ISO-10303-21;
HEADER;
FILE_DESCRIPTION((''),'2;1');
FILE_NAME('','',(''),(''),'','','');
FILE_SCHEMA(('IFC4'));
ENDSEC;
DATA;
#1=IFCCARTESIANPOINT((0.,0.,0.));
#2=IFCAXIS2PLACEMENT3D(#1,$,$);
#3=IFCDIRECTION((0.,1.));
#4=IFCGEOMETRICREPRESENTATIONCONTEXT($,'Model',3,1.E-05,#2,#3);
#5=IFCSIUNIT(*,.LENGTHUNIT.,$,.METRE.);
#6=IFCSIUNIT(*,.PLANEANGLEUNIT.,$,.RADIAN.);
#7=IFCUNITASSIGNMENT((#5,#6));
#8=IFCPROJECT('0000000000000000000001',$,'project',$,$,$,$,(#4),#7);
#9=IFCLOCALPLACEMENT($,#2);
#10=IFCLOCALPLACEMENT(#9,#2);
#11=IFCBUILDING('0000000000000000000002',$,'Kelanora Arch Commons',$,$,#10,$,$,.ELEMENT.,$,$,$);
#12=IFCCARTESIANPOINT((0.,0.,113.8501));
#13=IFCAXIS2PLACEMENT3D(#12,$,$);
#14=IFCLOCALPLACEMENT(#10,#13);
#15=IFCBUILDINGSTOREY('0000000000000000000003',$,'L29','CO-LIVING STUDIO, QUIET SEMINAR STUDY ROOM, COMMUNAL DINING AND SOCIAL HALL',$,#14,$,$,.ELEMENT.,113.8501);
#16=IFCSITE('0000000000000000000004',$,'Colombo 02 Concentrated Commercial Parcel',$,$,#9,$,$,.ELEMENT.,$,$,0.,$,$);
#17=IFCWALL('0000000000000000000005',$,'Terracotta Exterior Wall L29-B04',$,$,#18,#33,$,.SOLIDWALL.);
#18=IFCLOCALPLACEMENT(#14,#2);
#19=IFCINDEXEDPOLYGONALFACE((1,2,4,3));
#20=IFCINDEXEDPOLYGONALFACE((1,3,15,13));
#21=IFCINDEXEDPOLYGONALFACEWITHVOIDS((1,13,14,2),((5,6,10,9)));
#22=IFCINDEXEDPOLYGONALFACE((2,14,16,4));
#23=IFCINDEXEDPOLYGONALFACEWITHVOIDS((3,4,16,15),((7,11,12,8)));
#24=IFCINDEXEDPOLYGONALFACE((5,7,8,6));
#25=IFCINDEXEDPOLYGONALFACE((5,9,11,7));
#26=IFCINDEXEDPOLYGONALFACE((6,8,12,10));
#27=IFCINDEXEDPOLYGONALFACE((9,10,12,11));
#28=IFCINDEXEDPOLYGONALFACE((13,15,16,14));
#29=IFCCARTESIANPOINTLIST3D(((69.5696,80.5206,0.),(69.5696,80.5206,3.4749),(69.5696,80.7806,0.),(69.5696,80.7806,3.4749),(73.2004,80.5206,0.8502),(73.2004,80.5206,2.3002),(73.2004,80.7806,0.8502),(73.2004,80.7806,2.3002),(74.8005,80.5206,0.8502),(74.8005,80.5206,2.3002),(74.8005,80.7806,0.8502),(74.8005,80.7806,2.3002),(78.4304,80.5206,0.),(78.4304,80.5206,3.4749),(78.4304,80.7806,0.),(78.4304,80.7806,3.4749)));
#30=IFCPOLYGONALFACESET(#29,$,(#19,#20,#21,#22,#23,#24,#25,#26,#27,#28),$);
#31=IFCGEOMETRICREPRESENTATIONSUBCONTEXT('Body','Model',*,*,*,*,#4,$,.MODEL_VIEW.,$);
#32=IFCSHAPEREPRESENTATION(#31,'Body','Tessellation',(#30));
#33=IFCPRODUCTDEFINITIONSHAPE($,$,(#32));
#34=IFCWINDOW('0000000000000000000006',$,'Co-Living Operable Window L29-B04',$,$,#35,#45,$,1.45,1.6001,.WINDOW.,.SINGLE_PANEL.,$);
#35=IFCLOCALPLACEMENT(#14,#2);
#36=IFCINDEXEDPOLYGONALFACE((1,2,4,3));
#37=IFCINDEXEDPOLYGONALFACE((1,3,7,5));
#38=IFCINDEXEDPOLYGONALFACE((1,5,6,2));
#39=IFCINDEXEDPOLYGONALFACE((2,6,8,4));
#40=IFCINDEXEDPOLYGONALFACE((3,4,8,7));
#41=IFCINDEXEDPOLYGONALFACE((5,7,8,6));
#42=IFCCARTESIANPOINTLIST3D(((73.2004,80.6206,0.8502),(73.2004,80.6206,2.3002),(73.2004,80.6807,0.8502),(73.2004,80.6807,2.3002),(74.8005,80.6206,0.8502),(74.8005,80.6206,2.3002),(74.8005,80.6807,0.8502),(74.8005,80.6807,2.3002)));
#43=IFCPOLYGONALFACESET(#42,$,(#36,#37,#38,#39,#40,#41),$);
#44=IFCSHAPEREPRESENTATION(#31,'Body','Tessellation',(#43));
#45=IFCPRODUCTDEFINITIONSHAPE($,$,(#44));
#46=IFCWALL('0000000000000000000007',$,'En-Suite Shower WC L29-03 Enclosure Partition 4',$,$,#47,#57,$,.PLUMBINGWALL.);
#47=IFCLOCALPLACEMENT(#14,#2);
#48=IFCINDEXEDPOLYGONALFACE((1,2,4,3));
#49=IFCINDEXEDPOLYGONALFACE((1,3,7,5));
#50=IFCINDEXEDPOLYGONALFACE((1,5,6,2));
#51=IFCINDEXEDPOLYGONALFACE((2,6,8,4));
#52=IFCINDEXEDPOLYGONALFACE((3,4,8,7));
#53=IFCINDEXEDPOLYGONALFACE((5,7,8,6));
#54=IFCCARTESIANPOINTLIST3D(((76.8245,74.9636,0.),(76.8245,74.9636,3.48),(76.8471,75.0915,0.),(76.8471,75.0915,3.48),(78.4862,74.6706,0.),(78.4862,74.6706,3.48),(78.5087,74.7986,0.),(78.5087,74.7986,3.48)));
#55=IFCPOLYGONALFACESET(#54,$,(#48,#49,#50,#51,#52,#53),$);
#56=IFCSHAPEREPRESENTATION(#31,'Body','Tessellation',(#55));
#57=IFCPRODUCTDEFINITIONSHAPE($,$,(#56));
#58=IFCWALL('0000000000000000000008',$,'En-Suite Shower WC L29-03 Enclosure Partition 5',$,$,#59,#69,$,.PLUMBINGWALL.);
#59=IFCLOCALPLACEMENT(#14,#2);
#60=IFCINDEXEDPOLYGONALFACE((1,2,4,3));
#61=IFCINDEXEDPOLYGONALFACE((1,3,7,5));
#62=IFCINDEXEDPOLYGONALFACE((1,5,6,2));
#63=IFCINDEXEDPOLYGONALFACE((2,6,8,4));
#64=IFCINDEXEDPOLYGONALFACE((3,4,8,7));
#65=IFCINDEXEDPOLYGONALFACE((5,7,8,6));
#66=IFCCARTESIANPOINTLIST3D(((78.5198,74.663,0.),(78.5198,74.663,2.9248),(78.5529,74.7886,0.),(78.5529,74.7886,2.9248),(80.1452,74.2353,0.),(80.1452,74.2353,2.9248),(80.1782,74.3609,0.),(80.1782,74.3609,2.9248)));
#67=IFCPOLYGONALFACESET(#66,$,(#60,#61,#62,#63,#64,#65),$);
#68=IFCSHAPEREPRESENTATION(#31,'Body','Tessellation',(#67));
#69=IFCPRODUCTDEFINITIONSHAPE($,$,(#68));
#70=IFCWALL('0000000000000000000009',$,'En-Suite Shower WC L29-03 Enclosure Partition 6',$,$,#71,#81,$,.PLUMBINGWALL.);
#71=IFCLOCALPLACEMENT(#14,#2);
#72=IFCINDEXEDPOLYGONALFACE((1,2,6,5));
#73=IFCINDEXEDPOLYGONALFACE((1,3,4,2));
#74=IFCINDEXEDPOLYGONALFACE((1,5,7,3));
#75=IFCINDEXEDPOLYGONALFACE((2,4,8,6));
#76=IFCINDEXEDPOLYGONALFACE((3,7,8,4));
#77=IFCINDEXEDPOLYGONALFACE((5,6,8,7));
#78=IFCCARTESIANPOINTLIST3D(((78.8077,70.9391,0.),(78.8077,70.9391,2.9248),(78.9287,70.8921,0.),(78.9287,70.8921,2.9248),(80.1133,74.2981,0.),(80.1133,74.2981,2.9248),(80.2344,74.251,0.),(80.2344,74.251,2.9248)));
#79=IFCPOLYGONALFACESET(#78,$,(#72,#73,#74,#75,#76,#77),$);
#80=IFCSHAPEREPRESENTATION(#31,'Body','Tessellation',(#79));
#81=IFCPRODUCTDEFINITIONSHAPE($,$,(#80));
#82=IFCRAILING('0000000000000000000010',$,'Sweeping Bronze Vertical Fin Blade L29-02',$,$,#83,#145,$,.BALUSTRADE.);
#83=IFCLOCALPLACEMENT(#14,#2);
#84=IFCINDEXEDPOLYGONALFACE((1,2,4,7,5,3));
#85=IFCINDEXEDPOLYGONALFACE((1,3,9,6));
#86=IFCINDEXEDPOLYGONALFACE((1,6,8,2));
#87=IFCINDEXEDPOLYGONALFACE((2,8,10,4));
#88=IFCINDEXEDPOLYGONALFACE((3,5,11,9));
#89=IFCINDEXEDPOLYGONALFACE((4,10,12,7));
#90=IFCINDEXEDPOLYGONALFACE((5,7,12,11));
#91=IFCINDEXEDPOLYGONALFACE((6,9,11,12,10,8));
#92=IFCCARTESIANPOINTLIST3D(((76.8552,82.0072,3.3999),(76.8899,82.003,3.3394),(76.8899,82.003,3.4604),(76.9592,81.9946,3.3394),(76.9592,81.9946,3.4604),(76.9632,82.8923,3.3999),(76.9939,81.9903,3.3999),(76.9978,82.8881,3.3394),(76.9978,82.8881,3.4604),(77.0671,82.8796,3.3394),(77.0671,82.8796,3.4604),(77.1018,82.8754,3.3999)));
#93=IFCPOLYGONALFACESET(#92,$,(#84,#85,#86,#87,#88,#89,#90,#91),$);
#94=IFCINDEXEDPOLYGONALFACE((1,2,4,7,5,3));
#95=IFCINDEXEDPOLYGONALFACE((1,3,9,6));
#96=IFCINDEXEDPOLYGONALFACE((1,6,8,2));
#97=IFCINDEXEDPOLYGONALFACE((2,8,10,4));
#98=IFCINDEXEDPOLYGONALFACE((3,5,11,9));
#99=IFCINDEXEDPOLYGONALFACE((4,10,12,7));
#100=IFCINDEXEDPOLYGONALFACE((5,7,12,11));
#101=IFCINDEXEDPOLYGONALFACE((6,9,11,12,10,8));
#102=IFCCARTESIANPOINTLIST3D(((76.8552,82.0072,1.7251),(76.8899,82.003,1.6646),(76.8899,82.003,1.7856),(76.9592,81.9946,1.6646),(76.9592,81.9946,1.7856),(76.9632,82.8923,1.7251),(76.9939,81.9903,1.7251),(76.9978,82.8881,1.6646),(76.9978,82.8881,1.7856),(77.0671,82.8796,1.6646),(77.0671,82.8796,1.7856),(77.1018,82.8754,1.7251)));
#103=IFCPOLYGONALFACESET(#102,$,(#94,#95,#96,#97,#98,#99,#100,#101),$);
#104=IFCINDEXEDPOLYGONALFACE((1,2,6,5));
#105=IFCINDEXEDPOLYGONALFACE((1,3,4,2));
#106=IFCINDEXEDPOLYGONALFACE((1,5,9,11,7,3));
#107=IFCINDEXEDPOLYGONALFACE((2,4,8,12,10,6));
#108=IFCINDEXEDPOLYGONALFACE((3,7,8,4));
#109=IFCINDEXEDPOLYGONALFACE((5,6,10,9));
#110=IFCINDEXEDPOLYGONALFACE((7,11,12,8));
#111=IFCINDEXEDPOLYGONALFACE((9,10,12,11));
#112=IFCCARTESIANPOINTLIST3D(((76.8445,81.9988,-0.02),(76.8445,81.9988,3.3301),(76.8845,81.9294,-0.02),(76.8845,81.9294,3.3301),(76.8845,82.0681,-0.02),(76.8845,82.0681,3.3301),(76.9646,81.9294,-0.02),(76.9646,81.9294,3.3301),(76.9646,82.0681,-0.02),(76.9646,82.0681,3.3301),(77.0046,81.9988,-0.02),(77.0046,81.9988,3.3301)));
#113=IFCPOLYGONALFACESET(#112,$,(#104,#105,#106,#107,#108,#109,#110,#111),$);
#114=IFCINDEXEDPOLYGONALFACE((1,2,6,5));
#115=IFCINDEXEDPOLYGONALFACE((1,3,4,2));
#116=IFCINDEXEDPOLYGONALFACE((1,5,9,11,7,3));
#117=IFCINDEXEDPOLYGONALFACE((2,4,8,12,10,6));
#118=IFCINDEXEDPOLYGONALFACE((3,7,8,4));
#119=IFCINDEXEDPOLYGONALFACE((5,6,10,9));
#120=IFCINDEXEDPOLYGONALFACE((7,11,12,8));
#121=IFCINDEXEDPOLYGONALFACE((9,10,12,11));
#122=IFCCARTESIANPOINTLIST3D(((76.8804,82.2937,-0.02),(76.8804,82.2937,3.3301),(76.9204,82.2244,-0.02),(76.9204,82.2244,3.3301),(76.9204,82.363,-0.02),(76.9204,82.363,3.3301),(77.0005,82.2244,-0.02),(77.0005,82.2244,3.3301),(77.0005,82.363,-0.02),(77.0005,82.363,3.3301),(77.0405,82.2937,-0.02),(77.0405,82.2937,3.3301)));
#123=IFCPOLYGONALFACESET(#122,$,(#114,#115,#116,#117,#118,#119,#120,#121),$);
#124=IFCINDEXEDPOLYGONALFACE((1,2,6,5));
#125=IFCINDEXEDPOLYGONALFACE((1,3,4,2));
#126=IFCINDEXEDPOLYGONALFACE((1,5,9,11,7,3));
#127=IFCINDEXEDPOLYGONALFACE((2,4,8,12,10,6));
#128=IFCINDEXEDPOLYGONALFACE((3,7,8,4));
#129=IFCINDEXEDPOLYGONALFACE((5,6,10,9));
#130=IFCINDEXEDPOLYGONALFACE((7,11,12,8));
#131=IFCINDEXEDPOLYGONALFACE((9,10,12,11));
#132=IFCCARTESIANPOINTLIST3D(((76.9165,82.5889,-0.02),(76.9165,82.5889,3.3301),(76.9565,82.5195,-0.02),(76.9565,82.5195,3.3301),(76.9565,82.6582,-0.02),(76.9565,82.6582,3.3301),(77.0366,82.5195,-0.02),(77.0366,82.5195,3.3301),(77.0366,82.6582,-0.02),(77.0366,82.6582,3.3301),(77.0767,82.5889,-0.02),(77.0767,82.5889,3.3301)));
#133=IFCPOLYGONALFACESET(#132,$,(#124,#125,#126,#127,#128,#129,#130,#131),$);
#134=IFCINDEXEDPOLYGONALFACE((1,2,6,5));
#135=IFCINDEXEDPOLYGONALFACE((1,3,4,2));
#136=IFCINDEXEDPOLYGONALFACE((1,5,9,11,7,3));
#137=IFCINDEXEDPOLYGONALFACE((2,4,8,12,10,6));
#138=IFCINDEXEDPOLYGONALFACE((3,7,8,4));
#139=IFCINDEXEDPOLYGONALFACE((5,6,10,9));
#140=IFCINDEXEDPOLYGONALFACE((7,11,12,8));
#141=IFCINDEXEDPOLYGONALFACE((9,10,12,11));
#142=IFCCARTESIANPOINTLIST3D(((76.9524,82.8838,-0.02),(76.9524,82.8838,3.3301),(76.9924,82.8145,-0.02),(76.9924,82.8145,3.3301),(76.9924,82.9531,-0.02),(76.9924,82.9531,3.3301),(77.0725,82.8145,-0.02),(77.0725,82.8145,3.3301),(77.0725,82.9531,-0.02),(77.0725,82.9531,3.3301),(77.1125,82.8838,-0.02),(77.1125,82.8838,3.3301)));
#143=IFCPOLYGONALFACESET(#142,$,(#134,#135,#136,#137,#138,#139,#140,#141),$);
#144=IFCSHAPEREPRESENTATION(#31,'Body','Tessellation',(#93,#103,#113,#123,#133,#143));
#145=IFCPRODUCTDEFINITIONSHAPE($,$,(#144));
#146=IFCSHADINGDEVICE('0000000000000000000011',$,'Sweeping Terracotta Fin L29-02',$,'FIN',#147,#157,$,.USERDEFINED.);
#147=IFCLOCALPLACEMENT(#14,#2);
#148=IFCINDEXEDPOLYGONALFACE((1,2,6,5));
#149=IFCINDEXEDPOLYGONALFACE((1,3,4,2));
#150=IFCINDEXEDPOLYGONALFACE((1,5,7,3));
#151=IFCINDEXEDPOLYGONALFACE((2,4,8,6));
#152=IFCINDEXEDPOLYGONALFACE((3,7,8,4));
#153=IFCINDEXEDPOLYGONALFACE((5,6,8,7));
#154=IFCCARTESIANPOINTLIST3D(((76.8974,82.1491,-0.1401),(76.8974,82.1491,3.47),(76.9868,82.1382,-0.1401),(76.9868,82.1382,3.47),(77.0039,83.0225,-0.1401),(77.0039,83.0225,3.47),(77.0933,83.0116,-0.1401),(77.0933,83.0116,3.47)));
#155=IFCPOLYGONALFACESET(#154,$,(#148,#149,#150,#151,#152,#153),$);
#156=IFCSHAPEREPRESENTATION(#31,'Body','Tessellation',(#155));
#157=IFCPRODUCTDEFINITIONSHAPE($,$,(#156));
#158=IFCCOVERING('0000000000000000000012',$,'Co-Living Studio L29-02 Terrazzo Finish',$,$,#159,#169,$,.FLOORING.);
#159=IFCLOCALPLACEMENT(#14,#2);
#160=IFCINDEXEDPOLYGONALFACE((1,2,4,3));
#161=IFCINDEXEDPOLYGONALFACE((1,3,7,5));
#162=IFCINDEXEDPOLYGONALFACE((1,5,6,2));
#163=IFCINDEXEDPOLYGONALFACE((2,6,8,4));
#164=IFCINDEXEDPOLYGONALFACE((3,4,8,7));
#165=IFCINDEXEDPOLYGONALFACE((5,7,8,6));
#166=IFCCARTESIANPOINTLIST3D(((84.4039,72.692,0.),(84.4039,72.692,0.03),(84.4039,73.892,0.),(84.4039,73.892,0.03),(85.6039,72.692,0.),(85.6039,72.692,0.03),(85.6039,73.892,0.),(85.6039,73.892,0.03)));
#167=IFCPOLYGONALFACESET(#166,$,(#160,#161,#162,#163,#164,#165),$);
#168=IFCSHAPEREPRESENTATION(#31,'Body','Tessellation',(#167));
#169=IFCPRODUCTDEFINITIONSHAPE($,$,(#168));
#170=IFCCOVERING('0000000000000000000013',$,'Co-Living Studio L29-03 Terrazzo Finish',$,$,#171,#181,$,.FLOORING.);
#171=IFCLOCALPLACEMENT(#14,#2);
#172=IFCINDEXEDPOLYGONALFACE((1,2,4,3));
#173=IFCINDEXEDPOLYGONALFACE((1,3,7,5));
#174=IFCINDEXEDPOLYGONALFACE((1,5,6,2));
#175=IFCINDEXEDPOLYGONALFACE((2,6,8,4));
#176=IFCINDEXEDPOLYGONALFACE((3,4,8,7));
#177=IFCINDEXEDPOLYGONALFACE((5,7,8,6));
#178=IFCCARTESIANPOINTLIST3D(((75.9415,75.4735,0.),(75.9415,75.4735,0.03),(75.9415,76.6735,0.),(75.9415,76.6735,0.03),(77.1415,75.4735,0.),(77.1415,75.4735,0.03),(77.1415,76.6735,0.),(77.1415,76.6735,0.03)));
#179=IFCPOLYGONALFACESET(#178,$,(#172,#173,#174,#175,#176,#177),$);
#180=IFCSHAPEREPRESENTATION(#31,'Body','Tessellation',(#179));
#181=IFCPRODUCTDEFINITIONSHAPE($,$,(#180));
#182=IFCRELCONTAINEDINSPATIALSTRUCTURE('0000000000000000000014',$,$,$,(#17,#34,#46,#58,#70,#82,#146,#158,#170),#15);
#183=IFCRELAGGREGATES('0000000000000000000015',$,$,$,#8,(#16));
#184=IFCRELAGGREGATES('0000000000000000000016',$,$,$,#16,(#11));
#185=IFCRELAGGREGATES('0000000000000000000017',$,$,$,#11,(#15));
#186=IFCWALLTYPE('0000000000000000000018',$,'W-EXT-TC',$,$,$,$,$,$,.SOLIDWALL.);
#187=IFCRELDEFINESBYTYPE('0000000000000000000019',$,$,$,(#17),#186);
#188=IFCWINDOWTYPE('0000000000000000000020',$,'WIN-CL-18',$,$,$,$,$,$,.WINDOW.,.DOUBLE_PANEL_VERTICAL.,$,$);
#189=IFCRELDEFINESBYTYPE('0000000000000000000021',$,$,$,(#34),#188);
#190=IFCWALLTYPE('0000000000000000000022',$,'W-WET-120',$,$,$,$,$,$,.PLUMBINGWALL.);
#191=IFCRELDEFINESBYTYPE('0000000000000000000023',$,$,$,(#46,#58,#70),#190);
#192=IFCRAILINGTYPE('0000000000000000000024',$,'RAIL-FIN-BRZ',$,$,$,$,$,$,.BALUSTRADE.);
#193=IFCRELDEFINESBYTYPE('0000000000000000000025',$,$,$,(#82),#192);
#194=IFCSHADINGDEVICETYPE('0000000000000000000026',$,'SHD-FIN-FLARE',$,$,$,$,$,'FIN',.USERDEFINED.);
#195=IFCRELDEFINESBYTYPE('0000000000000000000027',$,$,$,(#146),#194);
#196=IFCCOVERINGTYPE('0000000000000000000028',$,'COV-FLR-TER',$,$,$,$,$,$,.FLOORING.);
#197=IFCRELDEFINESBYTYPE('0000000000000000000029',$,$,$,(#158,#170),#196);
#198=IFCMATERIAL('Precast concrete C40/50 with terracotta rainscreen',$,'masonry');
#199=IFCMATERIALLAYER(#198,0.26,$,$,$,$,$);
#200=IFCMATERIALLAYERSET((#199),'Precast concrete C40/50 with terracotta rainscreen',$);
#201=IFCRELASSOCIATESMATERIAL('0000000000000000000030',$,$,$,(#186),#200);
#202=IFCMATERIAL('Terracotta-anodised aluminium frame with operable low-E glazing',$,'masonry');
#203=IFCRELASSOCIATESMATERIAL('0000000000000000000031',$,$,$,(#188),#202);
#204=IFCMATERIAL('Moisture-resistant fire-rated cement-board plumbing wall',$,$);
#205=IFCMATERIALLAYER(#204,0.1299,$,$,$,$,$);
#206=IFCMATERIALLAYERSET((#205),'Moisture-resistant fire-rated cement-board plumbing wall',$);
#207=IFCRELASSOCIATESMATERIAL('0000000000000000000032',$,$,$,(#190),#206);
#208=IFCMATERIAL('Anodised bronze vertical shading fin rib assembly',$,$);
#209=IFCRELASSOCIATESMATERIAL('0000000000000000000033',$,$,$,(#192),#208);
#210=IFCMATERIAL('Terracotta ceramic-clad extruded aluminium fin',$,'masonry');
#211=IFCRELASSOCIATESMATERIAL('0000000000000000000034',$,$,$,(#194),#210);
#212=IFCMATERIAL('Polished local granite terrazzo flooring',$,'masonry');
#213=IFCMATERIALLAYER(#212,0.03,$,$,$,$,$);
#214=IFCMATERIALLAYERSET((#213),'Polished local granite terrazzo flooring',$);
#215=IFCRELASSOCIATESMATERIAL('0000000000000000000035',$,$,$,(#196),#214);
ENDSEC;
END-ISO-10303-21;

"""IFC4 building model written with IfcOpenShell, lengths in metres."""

from ifc_helpers import new_model, si_unit, direction, frame, frame_2d, origin, origin_2d, place, context, subcontext, project, spatial, polyline, rectangle, outline, extrude, source, transform, mapped, material, layer, layer_set, type_object, element, fill, save


model = new_model("IFC4")

# Units and contexts
model_context = context("Model", 3, precision=1e-05, world=origin(), true_north=direction((0.0, 1.0)))
body_context = subcontext(model_context, "Body", "Model", "MODEL_VIEW")
ifc_project = project(units=[si_unit("LENGTHUNIT", "METRE"), si_unit("PLANEANGLEUNIT", "RADIAN")], contexts=[model_context])

# Site, building, storey
site_placement = place(None, origin())
site = spatial("IfcSite", under=ifc_project, at=site_placement, Name="Colombo 02 Concentrated Commercial Parcel", CompositionType="ELEMENT", RefElevation=0.0)
building_placement = place(site_placement, origin())
building = spatial("IfcBuilding", under=site, at=building_placement, Name="Kelanora Arch Commons", CompositionType="ELEMENT")
storey_placement = place(building_placement, frame((0.0, 0.0, 113.8501)))
storey = spatial("IfcBuildingStorey", under=building, at=storey_placement, Name="L29", Description="CO-LIVING STUDIO, QUIET SEMINAR STUDY ROOM, COMMUNAL DINING AND SOCIAL HALL", CompositionType="ELEMENT", Elevation=113.8501)

# Wall, opening, window
ifc_material_1 = material(Name="Precast concrete C40/50 with terracotta rainscreen", Category="masonry")
ifc_layer_1 = layer(ifc_material_1, 0.26)
ifc_layer_set_1 = layer_set([ifc_layer_1], Name="Precast concrete C40/50 with terracotta rainscreen")
wall_type_1 = type_object("IfcWallType", Name="W-EXT-TC", PredefinedType="SOLIDWALL", material=ifc_layer_set_1)
wall_1_placement = place(storey_placement, frame((78.4304, 80.6506, 0.0), z_axis=(0.0, 0.0, 1.0), x_axis=(-1.0, 0.0, 0.0)))
wall_1 = element("IfcWall", 1, at=wall_1_placement, inside=storey, type_object=wall_type_1, Name="Terracotta Exterior Wall L29-B04", PredefinedType="SOLIDWALL", context=body_context, shape_type="SweptSolid", body=[
    extrude(rectangle(XDim=8.8608, YDim=0.26, at=frame_2d((4.4304, 0.0))), origin(), (0.0, 0.0, 1.0), 3.4749),
])
opening_placement = place(wall_1_placement, frame((3.6299, 0.0, 0.8501)))
opening = element("IfcOpeningElement", 2, at=opening_placement, cuts=wall_1, PredefinedType="OPENING", context=body_context, shape_type="SweptSolid", body=[
    extrude(rectangle(XDim=1.6001, YDim=1.45, at=frame_2d((0.8, 0.7251))), frame((0.0, 0.1401, 0.0), z_axis=(0.0, -1.0, 0.0), x_axis=(1.0, 0.0, 0.0)), (0.0, 0.0, 1.0), 0.28),
])
ifc_material_2 = material(Name="Terracotta-anodised aluminium frame with operable low-E glazing", Category="masonry")
window_type = type_object("IfcWindowType", Name="WIN-CL-18", PartitioningType="DOUBLE_PANEL_VERTICAL", PredefinedType="WINDOW", material=ifc_material_2)
window_placement = place(opening_placement, origin())
window = element("IfcWindow", 3, at=window_placement, inside=storey, type_object=window_type, Name="Co-Living Operable Window L29-B04", OverallHeight=1.45, OverallWidth=1.6001, PartitioningType="SINGLE_PANEL", PredefinedType="WINDOW", context=body_context, shape_type="SweptSolid", body=[
    extrude(rectangle(XDim=1.6001, YDim=1.45, at=frame_2d((0.8, 0.7251))), frame((0.0, 0.03, 0.0), z_axis=(0.0, -1.0, 0.0), x_axis=(1.0, 0.0, 0.0)), (0.0, 0.0, 1.0), 0.0601),
])
fill(opening, window)

# Walls
ifc_material_3 = material(Name="Moisture-resistant fire-rated cement-board plumbing wall")
ifc_layer_2 = layer(ifc_material_3, 0.1299)
ifc_layer_set_2 = layer_set([ifc_layer_2], Name="Moisture-resistant fire-rated cement-board plumbing wall")
wall_type_2 = type_object("IfcWallType", Name="W-WET-120", PredefinedType="PLUMBINGWALL", material=ifc_layer_set_2)
wall_2_placement = place(storey_placement, frame((76.8357, 75.0276, 0.0), z_axis=(0.0, 0.0, 1.0), x_axis=(0.98481, -0.173637, 0.0)))
element("IfcWall", 4, at=wall_2_placement, inside=storey, type_object=wall_type_2, Name="En-Suite Shower WC L29-03 Enclosure Partition 4", PredefinedType="PLUMBINGWALL", context=body_context, shape_type="SweptSolid", body=[
    extrude(rectangle(XDim=1.6873, YDim=0.1299, at=frame_2d((0.8438, 0.0))), origin(), (0.0, 0.0, 1.0), 3.48),
])
wall_3_placement = place(storey_placement, frame((78.5364, 74.7258, 0.0), z_axis=(0.0, 0.0, 1.0), x_axis=(0.967069, -0.254515, 0.0)))
element("IfcWall", 5, at=wall_3_placement, inside=storey, type_object=wall_type_2, Name="En-Suite Shower WC L29-03 Enclosure Partition 5", PredefinedType="PLUMBINGWALL", context=body_context, shape_type="SweptSolid", body=[
    extrude(rectangle(XDim=1.6807, YDim=0.1299, at=frame_2d((0.8403, 0.0))), origin(), (0.0, 0.0, 1.0), 2.9248),
])
wall_4_placement = place(storey_placement, frame((80.1738, 74.2744, 0.0), z_axis=(0.0, 0.0, 1.0), x_axis=(-0.362309, -0.932058, 0.0)))
element("IfcWall", 6, at=wall_4_placement, inside=storey, type_object=wall_type_2, Name="En-Suite Shower WC L29-03 Enclosure Partition 6", PredefinedType="PLUMBINGWALL", context=body_context, shape_type="SweptSolid", body=[
    extrude(rectangle(XDim=3.6038, YDim=0.1299, at=frame_2d((1.8018, 0.0))), origin(), (0.0, 0.0, 1.0), 2.9248),
])

# Railing
ifc_material_4 = material(Name="Anodised bronze vertical shading fin rib assembly")
railing_type = type_object("IfcRailingType", Name="RAIL-FIN-BRZ", PredefinedType="BALUSTRADE", material=ifc_material_4)
railing_placement = place(storey_placement, frame((76.9246, 81.9988, -0.02)))
element("IfcRailing", 7, at=railing_placement, inside=storey, type_object=railing_type, Name="Sweeping Bronze Vertical Fin Blade L29-02", PredefinedType="BALUSTRADE", context=body_context, shape_type="SweptSolid", body=[
    extrude(outline(polyline([(0.0698, 0.0), (0.0349, 0.0605), (-0.0349, 0.0605), (-0.0698, 0.0), (-0.0349, -0.0605), (0.0349, -0.0605), (0.0698, 0.0)])), frame((0.0, 0.0, 3.4199), z_axis=(0.121035, 0.992648, 0.0), x_axis=(-0.992648, 0.121035, 0.0)), (0.0, 0.0, 1.0), 0.8916),
    extrude(outline(polyline([(0.0698, 0.0), (0.0349, 0.0605), (-0.0349, 0.0605), (-0.0698, 0.0), (-0.0349, -0.0605), (0.0349, -0.0605), (0.0698, 0.0)])), frame((0.0, 0.0, 1.7451), z_axis=(0.121035, 0.992648, 0.0), x_axis=(-0.992648, 0.121035, 0.0)), (0.0, 0.0, 1.0), 0.8916),
    extrude(outline(polyline([(0.0801, 0.0), (0.04, 0.0693), (-0.04, 0.0693), (-0.0801, 0.0), (-0.04, -0.0693), (0.04, -0.0693), (0.0801, 0.0)])), origin(), (0.0, 0.0, 1.0), 3.3501),
    extrude(outline(polyline([(0.0801, 0.0), (0.04, 0.0693), (-0.04, 0.0693), (-0.0801, 0.0), (-0.04, -0.0693), (0.04, -0.0693), (0.0801, 0.0)])), frame((0.0359, 0.2949, 0.0)), (0.0, 0.0, 1.0), 3.3501),
    extrude(outline(polyline([(0.0801, 0.0), (0.04, 0.0693), (-0.04, 0.0693), (-0.0801, 0.0), (-0.04, -0.0693), (0.04, -0.0693), (0.0801, 0.0)])), frame((0.072, 0.5901, 0.0)), (0.0, 0.0, 1.0), 3.3501),
    extrude(outline(polyline([(0.0801, 0.0), (0.04, 0.0693), (-0.04, 0.0693), (-0.0801, 0.0), (-0.04, -0.0693), (0.04, -0.0693), (0.0801, 0.0)])), frame((0.1079, 0.885, 0.0)), (0.0, 0.0, 1.0), 3.3501),
])

# Shading device
ifc_material_5 = material(Name="Terracotta ceramic-clad extruded aluminium fin", Category="masonry")
shading_device_type = type_object("IfcShadingDeviceType", Name="SHD-FIN-FLARE", ElementType="FIN", PredefinedType="USERDEFINED", material=ifc_material_5)
shared_shape_1 = source(origin(), body_context, "Body", "SweptSolid", [
    extrude(rectangle(XDim=0.8799, YDim=0.0901, at=origin_2d()), origin(), (0.0, 0.0, 1.0), 3.6101),
])
shading_device_placement = place(storey_placement, frame((76.9954, 82.5803, -0.1401), z_axis=(0.0, 0.0, 1.0), x_axis=(0.121003, 0.992652, 0.0)))
element("IfcShadingDevice", 8, at=shading_device_placement, inside=storey, type_object=shading_device_type, Name="Sweeping Terracotta Fin L29-02", ObjectType="FIN", PredefinedType="USERDEFINED", context=body_context, shape_type="MappedRepresentation", body=[
    mapped(shared_shape_1, transform((0.0, 0.0, 0.0), scale=1.0)),
])

# Coverings
ifc_material_6 = material(Name="Polished local granite terrazzo flooring", Category="masonry")
ifc_layer_3 = layer(ifc_material_6, 0.03)
ifc_layer_set_3 = layer_set([ifc_layer_3], Name="Polished local granite terrazzo flooring")
covering_type = type_object("IfcCoveringType", Name="COV-FLR-TER", PredefinedType="FLOORING", material=ifc_layer_set_3)
shared_shape_2 = source(origin(), body_context, "Body", "SweptSolid", [
    extrude(rectangle(XDim=1.2, YDim=1.2, at=origin_2d()), origin(), (0.0, 0.0, 1.0), 0.03),
])
for number, where, z_axis, x_axis, name in (
    (9, (85.0039, 73.292, 0.0), (0.0, 0.0, 1.0), (1.0, 0.0, 0.0), "Co-Living Studio L29-02 Terrazzo Finish"),
    (10, (76.5415, 76.0735, 0.0), (0.0, 0.0, 1.0), (1.0, 0.0, 0.0), "Co-Living Studio L29-03 Terrazzo Finish"),
):
    element("IfcCovering", number, at=place(storey_placement, frame(where, z_axis=z_axis, x_axis=x_axis)), inside=storey, type_object=covering_type, Name=name, PredefinedType="FLOORING", context=body_context, shape_type="MappedRepresentation", body=[
        mapped(shared_shape_2, transform((0.0, 0.0, 0.0), scale=1.0)),
    ])

save(model, "model.ifc")
